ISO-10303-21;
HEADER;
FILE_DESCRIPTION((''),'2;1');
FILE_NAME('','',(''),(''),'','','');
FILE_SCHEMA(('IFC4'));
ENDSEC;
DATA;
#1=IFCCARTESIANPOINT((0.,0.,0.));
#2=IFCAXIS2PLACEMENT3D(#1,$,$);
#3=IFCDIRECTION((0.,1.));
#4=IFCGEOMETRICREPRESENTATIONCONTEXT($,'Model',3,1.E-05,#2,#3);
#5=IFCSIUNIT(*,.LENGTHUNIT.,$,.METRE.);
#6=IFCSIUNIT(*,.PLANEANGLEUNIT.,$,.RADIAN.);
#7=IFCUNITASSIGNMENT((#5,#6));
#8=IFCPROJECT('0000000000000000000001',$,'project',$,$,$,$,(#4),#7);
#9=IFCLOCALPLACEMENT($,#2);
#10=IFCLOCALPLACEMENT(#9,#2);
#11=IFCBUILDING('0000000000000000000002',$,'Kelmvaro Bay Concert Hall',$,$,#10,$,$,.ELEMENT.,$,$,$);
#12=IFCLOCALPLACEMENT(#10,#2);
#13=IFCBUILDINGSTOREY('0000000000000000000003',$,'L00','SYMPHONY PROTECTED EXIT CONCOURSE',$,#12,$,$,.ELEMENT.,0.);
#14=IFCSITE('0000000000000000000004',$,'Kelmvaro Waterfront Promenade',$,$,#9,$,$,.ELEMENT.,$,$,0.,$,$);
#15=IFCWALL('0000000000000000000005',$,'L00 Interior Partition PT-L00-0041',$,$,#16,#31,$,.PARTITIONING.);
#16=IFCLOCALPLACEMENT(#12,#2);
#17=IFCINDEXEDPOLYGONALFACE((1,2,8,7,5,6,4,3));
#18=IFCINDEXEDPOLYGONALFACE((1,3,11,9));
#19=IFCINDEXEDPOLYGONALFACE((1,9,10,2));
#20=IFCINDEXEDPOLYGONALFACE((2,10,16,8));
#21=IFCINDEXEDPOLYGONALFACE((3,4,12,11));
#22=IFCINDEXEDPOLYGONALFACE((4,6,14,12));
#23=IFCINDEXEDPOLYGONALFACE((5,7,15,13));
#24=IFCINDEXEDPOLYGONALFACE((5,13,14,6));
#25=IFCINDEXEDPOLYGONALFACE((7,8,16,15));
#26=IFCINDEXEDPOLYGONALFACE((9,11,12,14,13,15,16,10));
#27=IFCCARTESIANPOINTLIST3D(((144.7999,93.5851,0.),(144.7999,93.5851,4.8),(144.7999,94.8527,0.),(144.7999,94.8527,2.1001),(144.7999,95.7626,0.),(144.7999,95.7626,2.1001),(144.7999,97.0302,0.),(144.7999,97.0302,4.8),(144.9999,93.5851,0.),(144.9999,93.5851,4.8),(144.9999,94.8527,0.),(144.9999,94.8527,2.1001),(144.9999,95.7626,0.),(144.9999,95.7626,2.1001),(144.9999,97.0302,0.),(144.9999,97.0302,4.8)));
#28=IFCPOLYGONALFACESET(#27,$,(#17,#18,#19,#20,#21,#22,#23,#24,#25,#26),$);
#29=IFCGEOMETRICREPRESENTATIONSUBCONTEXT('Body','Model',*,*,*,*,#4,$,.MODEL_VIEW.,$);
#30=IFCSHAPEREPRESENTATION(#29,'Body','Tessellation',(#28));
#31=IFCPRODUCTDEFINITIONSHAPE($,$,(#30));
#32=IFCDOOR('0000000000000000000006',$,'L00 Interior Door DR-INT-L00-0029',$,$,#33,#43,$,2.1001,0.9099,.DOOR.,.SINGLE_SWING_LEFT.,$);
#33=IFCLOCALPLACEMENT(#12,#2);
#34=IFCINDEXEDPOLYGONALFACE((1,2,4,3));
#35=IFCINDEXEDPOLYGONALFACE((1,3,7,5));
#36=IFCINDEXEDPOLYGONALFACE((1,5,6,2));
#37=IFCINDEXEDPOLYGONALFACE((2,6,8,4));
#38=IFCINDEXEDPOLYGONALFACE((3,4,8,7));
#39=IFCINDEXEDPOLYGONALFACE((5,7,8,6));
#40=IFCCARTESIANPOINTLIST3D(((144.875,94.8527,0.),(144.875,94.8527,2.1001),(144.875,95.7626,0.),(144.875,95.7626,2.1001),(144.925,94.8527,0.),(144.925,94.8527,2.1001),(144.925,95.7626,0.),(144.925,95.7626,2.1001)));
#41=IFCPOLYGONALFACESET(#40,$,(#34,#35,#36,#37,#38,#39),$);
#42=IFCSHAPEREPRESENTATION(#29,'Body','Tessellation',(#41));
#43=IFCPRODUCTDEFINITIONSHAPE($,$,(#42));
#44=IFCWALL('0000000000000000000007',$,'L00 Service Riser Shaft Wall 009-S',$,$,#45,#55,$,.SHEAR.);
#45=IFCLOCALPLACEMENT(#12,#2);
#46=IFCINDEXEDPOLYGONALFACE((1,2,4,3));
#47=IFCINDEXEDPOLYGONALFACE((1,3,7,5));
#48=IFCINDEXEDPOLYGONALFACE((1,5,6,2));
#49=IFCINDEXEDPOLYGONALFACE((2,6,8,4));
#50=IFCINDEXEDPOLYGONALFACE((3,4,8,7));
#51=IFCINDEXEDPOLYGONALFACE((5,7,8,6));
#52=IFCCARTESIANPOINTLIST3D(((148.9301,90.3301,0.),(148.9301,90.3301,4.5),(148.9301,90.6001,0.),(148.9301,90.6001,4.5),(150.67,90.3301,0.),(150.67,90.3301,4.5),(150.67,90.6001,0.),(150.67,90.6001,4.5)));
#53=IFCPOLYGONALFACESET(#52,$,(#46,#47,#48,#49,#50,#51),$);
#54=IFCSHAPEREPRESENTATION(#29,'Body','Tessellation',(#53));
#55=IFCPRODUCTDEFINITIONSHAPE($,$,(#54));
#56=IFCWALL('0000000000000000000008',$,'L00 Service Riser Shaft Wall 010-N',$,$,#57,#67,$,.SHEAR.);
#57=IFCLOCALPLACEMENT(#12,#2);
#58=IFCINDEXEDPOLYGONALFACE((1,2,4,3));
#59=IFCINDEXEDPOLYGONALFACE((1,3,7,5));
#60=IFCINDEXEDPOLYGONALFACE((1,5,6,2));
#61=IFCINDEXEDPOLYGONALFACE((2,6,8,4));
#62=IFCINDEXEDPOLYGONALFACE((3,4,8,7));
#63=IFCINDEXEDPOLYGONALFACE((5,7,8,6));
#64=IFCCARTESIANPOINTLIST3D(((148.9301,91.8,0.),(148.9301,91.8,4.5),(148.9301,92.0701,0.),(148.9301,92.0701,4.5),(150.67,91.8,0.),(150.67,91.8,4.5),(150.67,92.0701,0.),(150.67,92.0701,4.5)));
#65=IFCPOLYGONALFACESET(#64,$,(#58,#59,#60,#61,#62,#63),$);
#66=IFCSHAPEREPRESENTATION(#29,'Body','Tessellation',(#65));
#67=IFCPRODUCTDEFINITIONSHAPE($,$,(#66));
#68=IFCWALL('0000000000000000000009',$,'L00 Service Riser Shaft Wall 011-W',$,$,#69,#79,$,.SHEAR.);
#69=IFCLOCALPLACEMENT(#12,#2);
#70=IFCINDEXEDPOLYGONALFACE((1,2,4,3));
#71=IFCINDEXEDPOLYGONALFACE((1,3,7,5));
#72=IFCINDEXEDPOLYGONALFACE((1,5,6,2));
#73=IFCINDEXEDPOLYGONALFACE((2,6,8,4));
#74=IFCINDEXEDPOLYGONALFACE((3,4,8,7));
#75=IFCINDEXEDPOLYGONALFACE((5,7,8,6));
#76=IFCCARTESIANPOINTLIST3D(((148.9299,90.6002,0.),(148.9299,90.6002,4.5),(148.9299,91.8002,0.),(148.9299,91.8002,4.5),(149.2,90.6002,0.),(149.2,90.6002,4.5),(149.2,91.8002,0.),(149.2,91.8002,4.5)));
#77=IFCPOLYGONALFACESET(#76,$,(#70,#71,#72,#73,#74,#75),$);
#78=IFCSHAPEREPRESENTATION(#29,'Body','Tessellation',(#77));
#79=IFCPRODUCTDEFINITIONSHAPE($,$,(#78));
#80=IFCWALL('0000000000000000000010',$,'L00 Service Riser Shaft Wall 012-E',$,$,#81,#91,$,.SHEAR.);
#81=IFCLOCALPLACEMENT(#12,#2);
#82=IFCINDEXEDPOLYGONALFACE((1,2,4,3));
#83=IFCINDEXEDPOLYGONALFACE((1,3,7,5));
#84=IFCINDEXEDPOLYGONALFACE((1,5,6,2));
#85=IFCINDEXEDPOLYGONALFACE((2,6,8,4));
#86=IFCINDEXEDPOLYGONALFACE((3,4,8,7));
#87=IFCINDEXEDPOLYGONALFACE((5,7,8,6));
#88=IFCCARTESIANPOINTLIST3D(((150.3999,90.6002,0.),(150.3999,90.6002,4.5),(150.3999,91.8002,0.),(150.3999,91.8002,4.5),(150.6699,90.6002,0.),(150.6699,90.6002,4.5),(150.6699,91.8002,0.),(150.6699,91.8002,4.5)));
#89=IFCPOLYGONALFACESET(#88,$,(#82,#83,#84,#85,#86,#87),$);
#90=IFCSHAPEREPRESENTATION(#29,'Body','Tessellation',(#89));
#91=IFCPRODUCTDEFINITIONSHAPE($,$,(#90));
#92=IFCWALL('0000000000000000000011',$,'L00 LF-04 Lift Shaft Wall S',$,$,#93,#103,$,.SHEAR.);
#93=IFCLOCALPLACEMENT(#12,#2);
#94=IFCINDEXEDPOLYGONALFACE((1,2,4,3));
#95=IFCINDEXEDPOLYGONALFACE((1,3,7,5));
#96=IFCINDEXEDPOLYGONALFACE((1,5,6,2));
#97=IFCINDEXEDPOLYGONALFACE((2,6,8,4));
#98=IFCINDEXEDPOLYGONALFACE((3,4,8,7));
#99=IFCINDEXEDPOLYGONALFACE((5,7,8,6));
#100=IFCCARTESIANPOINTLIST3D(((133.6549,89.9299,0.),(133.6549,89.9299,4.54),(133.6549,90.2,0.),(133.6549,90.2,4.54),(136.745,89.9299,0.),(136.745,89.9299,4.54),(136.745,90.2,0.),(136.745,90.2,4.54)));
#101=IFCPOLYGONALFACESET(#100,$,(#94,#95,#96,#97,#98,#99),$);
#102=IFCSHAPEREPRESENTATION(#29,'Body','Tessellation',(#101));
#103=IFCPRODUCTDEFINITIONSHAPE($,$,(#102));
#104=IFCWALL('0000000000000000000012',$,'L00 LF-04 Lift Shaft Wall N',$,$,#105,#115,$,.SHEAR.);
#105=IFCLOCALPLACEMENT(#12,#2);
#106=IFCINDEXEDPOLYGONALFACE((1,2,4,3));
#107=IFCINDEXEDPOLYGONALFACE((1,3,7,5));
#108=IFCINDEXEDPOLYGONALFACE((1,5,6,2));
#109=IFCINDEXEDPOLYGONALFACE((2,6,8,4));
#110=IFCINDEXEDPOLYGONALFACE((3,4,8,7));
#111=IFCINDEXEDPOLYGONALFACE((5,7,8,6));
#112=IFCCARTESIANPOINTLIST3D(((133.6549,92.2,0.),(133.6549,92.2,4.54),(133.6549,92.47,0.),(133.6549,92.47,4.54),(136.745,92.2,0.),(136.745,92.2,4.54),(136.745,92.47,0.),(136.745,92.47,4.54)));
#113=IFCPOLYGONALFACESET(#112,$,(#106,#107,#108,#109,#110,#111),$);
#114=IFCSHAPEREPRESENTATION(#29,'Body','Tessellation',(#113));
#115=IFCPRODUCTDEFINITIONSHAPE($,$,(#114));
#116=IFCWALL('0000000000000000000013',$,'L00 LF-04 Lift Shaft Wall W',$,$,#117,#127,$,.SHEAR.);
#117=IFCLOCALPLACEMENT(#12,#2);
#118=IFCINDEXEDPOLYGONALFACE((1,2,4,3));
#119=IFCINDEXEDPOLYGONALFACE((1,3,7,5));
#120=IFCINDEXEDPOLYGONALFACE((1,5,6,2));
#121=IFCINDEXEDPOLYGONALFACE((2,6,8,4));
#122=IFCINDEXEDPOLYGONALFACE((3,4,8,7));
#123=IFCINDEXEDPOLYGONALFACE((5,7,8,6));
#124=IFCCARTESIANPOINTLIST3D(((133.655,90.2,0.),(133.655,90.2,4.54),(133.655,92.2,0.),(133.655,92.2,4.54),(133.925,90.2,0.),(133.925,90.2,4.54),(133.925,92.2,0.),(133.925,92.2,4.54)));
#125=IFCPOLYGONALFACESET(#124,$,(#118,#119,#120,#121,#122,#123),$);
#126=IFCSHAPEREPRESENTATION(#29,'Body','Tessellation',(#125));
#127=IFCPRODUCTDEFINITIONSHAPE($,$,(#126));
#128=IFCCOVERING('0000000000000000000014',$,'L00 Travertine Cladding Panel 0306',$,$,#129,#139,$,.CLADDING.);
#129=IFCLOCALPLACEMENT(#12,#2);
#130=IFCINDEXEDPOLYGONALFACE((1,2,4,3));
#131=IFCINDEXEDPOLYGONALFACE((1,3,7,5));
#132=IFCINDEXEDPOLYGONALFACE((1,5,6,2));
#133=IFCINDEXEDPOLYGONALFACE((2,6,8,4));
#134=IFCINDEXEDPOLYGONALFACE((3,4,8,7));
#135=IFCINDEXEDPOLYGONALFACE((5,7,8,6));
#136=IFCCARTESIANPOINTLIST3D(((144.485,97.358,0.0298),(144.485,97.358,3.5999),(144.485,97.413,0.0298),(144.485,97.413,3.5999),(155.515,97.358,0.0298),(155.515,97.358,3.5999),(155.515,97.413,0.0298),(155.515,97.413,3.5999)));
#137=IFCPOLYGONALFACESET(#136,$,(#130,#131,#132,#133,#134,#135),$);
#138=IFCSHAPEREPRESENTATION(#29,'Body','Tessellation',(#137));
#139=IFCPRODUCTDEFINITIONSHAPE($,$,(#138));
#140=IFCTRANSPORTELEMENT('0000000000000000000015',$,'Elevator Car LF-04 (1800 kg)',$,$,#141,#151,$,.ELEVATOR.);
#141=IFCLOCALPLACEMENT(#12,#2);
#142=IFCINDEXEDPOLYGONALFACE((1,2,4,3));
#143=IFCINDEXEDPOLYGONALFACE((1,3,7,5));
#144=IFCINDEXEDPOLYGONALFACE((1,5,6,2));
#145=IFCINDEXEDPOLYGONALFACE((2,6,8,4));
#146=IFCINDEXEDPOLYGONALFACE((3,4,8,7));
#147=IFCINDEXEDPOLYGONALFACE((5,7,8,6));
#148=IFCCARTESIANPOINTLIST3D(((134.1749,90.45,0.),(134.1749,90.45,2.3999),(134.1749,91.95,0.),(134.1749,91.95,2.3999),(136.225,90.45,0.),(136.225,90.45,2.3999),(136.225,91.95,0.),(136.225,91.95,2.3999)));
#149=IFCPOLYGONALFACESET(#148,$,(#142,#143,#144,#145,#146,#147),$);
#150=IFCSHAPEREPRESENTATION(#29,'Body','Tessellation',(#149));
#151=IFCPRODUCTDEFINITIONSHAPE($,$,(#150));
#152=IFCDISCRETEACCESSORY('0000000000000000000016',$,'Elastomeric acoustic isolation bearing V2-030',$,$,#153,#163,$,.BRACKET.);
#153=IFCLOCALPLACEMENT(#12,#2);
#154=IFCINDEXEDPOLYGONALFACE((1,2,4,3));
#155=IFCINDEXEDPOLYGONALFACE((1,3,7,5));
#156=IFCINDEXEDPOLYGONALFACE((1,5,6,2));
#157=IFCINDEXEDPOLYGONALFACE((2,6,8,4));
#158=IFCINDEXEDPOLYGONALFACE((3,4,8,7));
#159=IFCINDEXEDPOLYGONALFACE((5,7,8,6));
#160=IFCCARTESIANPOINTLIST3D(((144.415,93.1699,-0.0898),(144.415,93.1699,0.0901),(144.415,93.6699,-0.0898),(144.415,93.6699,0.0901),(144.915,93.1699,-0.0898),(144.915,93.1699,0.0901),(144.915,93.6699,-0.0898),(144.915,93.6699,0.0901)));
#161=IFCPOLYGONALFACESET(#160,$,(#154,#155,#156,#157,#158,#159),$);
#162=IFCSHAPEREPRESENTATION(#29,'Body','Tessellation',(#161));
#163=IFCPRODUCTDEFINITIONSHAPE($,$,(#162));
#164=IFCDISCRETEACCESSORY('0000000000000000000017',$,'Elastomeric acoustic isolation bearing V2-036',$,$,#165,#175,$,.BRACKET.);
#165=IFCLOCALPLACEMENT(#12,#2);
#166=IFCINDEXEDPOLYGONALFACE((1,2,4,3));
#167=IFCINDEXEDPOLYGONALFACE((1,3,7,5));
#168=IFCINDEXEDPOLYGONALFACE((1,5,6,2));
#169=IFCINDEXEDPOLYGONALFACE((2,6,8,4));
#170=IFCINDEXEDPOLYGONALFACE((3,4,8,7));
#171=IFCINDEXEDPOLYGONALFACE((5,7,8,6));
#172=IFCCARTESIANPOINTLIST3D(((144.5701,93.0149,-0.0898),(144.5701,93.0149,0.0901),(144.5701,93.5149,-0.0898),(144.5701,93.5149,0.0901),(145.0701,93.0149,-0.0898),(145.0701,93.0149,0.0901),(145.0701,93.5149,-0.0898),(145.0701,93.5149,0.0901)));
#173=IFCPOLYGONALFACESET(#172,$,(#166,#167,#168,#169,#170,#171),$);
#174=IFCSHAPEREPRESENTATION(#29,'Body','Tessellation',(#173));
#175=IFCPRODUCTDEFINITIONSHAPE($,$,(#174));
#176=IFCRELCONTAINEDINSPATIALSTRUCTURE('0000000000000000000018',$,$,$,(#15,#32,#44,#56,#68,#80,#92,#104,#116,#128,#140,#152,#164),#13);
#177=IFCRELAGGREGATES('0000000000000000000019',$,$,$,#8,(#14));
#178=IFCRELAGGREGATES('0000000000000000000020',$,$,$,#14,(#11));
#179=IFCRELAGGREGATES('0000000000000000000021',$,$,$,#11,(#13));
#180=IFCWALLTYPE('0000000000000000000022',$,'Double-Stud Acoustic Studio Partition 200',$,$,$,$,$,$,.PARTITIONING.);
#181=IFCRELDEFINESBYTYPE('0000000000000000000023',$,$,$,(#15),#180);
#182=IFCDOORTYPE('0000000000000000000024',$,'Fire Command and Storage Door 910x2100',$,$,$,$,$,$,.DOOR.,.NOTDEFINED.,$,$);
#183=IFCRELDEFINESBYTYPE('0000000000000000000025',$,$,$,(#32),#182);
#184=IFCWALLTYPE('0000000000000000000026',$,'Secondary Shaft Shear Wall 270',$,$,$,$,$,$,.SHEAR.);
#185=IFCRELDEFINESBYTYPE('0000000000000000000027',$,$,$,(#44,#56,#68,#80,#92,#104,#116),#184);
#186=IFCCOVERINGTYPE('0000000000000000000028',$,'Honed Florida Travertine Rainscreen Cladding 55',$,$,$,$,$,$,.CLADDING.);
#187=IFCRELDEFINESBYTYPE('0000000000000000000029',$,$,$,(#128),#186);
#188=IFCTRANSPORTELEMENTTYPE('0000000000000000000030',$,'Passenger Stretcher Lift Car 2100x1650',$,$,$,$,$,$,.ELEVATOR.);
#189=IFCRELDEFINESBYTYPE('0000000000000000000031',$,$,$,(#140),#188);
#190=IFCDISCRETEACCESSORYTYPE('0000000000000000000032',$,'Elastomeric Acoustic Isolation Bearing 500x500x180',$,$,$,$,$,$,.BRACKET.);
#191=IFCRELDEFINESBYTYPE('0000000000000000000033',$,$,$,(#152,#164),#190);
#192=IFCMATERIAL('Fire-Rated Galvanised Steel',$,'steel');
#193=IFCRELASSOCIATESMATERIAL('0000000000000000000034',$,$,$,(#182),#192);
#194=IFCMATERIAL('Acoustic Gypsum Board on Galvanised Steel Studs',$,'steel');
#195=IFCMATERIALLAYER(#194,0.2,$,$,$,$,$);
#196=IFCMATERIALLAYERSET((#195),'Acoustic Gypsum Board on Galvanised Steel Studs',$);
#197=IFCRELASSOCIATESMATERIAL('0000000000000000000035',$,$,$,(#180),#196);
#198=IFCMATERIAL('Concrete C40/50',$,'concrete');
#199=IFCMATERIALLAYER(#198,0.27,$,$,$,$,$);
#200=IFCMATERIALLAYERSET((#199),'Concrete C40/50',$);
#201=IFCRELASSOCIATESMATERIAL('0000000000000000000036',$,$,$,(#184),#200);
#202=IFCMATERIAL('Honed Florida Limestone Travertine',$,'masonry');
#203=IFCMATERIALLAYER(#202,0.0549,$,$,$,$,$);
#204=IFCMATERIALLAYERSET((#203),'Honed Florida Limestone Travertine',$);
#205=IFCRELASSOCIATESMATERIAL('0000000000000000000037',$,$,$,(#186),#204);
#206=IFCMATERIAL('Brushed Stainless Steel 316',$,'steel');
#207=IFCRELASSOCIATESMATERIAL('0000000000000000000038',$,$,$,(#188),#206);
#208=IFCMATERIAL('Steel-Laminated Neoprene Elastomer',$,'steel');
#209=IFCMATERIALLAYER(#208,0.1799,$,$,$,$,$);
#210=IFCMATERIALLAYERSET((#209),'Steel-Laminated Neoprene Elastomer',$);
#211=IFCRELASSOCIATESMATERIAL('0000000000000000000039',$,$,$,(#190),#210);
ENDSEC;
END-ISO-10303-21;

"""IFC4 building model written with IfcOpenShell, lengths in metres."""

from ifc_helpers import new_model, si_unit, direction, frame, frame_2d, origin, origin_2d, place, context, subcontext, project, spatial, rectangle, extrude, material, layer, layer_set, type_object, element, fill, save


model = new_model("IFC4")

# Units and contexts
model_context = context("Model", 3, precision=1e-05, world=origin(), true_north=direction((0.0, 1.0)))
body_context = subcontext(model_context, "Body", "Model", "MODEL_VIEW")
ifc_project = project(units=[si_unit("LENGTHUNIT", "METRE"), si_unit("PLANEANGLEUNIT", "RADIAN")], contexts=[model_context])

# Site, building, storey
site_placement = place(None, origin())
site = spatial("IfcSite", under=ifc_project, at=site_placement, Name="Kelmvaro Waterfront Promenade", CompositionType="ELEMENT", RefElevation=0.0)
building_placement = place(site_placement, origin())
building = spatial("IfcBuilding", under=site, at=building_placement, Name="Kelmvaro Bay Concert Hall", CompositionType="ELEMENT")
storey_placement = place(building_placement, origin())
storey = spatial("IfcBuildingStorey", under=building, at=storey_placement, Name="L00", Description="SYMPHONY PROTECTED EXIT CONCOURSE", CompositionType="ELEMENT", Elevation=0.0)

# Shared definitions
ifc_material_1 = material(Name="Fire-Rated Galvanised Steel", Category="steel")
door_type_1 = type_object("IfcDoorType", Name="Fire Command and Storage Door 910x2100", OperationType="NOTDEFINED", PredefinedType="DOOR", material=ifc_material_1)

# Wall, opening, door
ifc_material_2 = material(Name="Acoustic Gypsum Board on Galvanised Steel Studs", Category="steel")
ifc_layer_1 = layer(ifc_material_2, 0.2)
ifc_layer_set_1 = layer_set([ifc_layer_1], Name="Acoustic Gypsum Board on Galvanised Steel Studs")
wall_type_1 = type_object("IfcWallType", Name="Double-Stud Acoustic Studio Partition 200", PredefinedType="PARTITIONING", material=ifc_layer_set_1)
wall_1_placement = place(storey_placement, frame((144.8999, 93.585, 0.0), z_axis=(0.0, 0.0, 1.0), x_axis=(0.0, 1.0, 0.0)))
wall_1 = element("IfcWall", 1, at=wall_1_placement, inside=storey, type_object=wall_type_1, Name="L00 Interior Partition PT-L00-0041", PredefinedType="PARTITIONING", context=body_context, shape_type="SweptSolid", body=[
    extrude(rectangle(XDim=3.4451, YDim=0.2, at=frame_2d((1.7227, 0.0))), origin(), (0.0, 0.0, 1.0), 4.8),
])
opening_1_placement = place(wall_1_placement, frame((1.2676, 0.0, 0.0)))
opening_1 = element("IfcOpeningElement", 2, at=opening_1_placement, cuts=wall_1, PredefinedType="OPENING", context=body_context, shape_type="SweptSolid", body=[
    extrude(rectangle(XDim=0.9099, YDim=2.1001, at=frame_2d((0.4551, 1.05))), frame((0.0, 0.1099, 0.0), z_axis=(0.0, -1.0, 0.0), x_axis=(1.0, 0.0, 0.0)), (0.0, 0.0, 1.0), 0.22),
])
door_1_placement = place(opening_1_placement, origin())
door_1 = element("IfcDoor", 3, at=door_1_placement, inside=storey, type_object=door_type_1, Name="L00 Interior Door DR-INT-L00-0029", OperationType="SINGLE_SWING_LEFT", OverallHeight=2.1001, OverallWidth=0.9099, PredefinedType="DOOR", context=body_context, shape_type="SweptSolid", body=[
    extrude(rectangle(XDim=0.9099, YDim=2.1001, at=frame_2d((0.4551, 1.05))), frame((0.0, 0.0249, 0.0), z_axis=(0.0, -1.0, 0.0), x_axis=(1.0, 0.0, 0.0)), (0.0, 0.0, 1.0), 0.05),
])
fill(opening_1, door_1)

# Walls
ifc_material_3 = material(Name="Concrete C40/50", Category="concrete")
ifc_layer_2 = layer(ifc_material_3, 0.27)
ifc_layer_set_2 = layer_set([ifc_layer_2], Name="Concrete C40/50")
wall_type_2 = type_object("IfcWallType", Name="Secondary Shaft Shear Wall 270", PredefinedType="SHEAR", material=ifc_layer_set_2)
for number, where, z_axis, x_axis, name in (
    (4, (148.9299, 90.4651, 0.0), (0.0, 0.0, 1.0), (1.0, 0.0, 0.0), "L00 Service Riser Shaft Wall 009-S"),
    (5, (148.9299, 91.9351, 0.0), (0.0, 0.0, 1.0), (1.0, 0.0, 0.0), "L00 Service Riser Shaft Wall 010-N"),
):
    element("IfcWall", number, at=place(storey_placement, frame(where, z_axis=z_axis, x_axis=x_axis)), inside=storey, type_object=wall_type_2, Name=name, PredefinedType="SHEAR", context=body_context, shape_type="SweptSolid", body=[
        extrude(rectangle(XDim=1.74, YDim=0.27, at=frame_2d((0.8701, 0.0))), origin(), (0.0, 0.0, 1.0), 4.5),
    ])
for number, where, z_axis, x_axis, name in (
    (6, (149.0649, 90.6001, 0.0), (0.0, 0.0, 1.0), (0.0, 1.0, 0.0), "L00 Service Riser Shaft Wall 011-W"),
    (7, (150.5349, 90.6001, 0.0), (0.0, 0.0, 1.0), (0.0, 1.0, 0.0), "L00 Service Riser Shaft Wall 012-E"),
):
    element("IfcWall", number, at=place(storey_placement, frame(where, z_axis=z_axis, x_axis=x_axis)), inside=storey, type_object=wall_type_2, Name=name, PredefinedType="SHEAR", context=body_context, shape_type="SweptSolid", body=[
        extrude(rectangle(XDim=1.2, YDim=0.27, at=frame_2d((0.6001, 0.0))), origin(), (0.0, 0.0, 1.0), 4.5),
    ])
for number, where, z_axis, x_axis, name in (
    (8, (133.655, 90.0649, 0.0), (0.0, 0.0, 1.0), (1.0, 0.0, 0.0), "L00 LF-04 Lift Shaft Wall S"),
    (9, (133.655, 92.335, 0.0), (0.0, 0.0, 1.0), (1.0, 0.0, 0.0), "L00 LF-04 Lift Shaft Wall N"),
):
    element("IfcWall", number, at=place(storey_placement, frame(where, z_axis=z_axis, x_axis=x_axis)), inside=storey, type_object=wall_type_2, Name=name, PredefinedType="SHEAR", context=body_context, shape_type="SweptSolid", body=[
        extrude(rectangle(XDim=3.0901, YDim=0.27, at=frame_2d((1.5449, 0.0))), origin(), (0.0, 0.0, 1.0), 4.54),
    ])
wall_2_placement = place(storey_placement, frame((133.79, 90.2, 0.0), z_axis=(0.0, 0.0, 1.0), x_axis=(0.0, 1.0, 0.0)))
element("IfcWall", 10, at=wall_2_placement, inside=storey, type_object=wall_type_2, Name="L00 LF-04 Lift Shaft Wall W", PredefinedType="SHEAR", context=body_context, shape_type="SweptSolid", body=[
    extrude(rectangle(XDim=2.0, YDim=0.27, at=frame_2d((1.0, 0.0))), origin(), (0.0, 0.0, 1.0), 4.54),
])

# Covering
ifc_material_4 = material(Name="Honed Florida Limestone Travertine", Category="masonry")
ifc_layer_3 = layer(ifc_material_4, 0.0549)
ifc_layer_set_3 = layer_set([ifc_layer_3], Name="Honed Florida Limestone Travertine")
covering_type = type_object("IfcCoveringType", Name="Honed Florida Travertine Rainscreen Cladding 55", PredefinedType="CLADDING", material=ifc_layer_set_3)
covering_placement = place(storey_placement, frame((150.0, 97.3855, 0.0298), z_axis=(0.0, 0.0, 1.0), x_axis=(1.0, 0.0, 0.0)))
element("IfcCovering", 11, at=covering_placement, inside=storey, type_object=covering_type, Name="L00 Travertine Cladding Panel 0306", PredefinedType="CLADDING", context=body_context, shape_type="SweptSolid", body=[
    extrude(rectangle(XDim=11.03, YDim=0.0549, at=origin_2d()), origin(), (0.0, 0.0, 1.0), 3.5701),
])

# Transport element
ifc_material_5 = material(Name="Brushed Stainless Steel 316", Category="steel")
transport_element_type = type_object("IfcTransportElementType", Name="Passenger Stretcher Lift Car 2100x1650", PredefinedType="ELEVATOR", material=ifc_material_5)
transport_element_placement = place(storey_placement, frame((135.2, 91.2, 0.0), z_axis=(0.0, 0.0, 1.0), x_axis=(1.0, 0.0, 0.0)))
element("IfcTransportElement", 12, at=transport_element_placement, inside=storey, type_object=transport_element_type, Name="Elevator Car LF-04 (1800 kg)", PredefinedType="ELEVATOR", context=body_context, shape_type="SweptSolid", body=[
    extrude(rectangle(XDim=2.05, YDim=1.5, at=origin_2d()), origin(), (0.0, 0.0, 1.0), 2.3999),
])

# Discrete accessories
ifc_material_6 = material(Name="Steel-Laminated Neoprene Elastomer", Category="steel")
ifc_layer_4 = layer(ifc_material_6, 0.1799)
ifc_layer_set_4 = layer_set([ifc_layer_4], Name="Steel-Laminated Neoprene Elastomer")
discrete_accessory_type = type_object("IfcDiscreteAccessoryType", Name="Elastomeric Acoustic Isolation Bearing 500x500x180", PredefinedType="BRACKET", material=ifc_layer_set_4)
for number, where, z_axis, x_axis, name in (
    (13, (144.665, 93.4199, -0.0898), (0.0, 0.0, 1.0), (1.0, 0.0, 0.0), "Elastomeric acoustic isolation bearing V2-030"),
    (14, (144.8201, 93.2649, -0.0898), (0.0, 0.0, 1.0), (1.0, 0.0, 0.0), "Elastomeric acoustic isolation bearing V2-036"),
):
    element("IfcDiscreteAccessory", number, at=place(storey_placement, frame(where, z_axis=z_axis, x_axis=x_axis)), inside=storey, type_object=discrete_accessory_type, Name=name, PredefinedType="BRACKET", context=body_context, shape_type="SweptSolid", body=[
        extrude(rectangle(XDim=0.5, YDim=0.5, at=origin_2d()), origin(), (0.0, 0.0, 1.0), 0.1799),
    ])

save(model, "model.ifc")
